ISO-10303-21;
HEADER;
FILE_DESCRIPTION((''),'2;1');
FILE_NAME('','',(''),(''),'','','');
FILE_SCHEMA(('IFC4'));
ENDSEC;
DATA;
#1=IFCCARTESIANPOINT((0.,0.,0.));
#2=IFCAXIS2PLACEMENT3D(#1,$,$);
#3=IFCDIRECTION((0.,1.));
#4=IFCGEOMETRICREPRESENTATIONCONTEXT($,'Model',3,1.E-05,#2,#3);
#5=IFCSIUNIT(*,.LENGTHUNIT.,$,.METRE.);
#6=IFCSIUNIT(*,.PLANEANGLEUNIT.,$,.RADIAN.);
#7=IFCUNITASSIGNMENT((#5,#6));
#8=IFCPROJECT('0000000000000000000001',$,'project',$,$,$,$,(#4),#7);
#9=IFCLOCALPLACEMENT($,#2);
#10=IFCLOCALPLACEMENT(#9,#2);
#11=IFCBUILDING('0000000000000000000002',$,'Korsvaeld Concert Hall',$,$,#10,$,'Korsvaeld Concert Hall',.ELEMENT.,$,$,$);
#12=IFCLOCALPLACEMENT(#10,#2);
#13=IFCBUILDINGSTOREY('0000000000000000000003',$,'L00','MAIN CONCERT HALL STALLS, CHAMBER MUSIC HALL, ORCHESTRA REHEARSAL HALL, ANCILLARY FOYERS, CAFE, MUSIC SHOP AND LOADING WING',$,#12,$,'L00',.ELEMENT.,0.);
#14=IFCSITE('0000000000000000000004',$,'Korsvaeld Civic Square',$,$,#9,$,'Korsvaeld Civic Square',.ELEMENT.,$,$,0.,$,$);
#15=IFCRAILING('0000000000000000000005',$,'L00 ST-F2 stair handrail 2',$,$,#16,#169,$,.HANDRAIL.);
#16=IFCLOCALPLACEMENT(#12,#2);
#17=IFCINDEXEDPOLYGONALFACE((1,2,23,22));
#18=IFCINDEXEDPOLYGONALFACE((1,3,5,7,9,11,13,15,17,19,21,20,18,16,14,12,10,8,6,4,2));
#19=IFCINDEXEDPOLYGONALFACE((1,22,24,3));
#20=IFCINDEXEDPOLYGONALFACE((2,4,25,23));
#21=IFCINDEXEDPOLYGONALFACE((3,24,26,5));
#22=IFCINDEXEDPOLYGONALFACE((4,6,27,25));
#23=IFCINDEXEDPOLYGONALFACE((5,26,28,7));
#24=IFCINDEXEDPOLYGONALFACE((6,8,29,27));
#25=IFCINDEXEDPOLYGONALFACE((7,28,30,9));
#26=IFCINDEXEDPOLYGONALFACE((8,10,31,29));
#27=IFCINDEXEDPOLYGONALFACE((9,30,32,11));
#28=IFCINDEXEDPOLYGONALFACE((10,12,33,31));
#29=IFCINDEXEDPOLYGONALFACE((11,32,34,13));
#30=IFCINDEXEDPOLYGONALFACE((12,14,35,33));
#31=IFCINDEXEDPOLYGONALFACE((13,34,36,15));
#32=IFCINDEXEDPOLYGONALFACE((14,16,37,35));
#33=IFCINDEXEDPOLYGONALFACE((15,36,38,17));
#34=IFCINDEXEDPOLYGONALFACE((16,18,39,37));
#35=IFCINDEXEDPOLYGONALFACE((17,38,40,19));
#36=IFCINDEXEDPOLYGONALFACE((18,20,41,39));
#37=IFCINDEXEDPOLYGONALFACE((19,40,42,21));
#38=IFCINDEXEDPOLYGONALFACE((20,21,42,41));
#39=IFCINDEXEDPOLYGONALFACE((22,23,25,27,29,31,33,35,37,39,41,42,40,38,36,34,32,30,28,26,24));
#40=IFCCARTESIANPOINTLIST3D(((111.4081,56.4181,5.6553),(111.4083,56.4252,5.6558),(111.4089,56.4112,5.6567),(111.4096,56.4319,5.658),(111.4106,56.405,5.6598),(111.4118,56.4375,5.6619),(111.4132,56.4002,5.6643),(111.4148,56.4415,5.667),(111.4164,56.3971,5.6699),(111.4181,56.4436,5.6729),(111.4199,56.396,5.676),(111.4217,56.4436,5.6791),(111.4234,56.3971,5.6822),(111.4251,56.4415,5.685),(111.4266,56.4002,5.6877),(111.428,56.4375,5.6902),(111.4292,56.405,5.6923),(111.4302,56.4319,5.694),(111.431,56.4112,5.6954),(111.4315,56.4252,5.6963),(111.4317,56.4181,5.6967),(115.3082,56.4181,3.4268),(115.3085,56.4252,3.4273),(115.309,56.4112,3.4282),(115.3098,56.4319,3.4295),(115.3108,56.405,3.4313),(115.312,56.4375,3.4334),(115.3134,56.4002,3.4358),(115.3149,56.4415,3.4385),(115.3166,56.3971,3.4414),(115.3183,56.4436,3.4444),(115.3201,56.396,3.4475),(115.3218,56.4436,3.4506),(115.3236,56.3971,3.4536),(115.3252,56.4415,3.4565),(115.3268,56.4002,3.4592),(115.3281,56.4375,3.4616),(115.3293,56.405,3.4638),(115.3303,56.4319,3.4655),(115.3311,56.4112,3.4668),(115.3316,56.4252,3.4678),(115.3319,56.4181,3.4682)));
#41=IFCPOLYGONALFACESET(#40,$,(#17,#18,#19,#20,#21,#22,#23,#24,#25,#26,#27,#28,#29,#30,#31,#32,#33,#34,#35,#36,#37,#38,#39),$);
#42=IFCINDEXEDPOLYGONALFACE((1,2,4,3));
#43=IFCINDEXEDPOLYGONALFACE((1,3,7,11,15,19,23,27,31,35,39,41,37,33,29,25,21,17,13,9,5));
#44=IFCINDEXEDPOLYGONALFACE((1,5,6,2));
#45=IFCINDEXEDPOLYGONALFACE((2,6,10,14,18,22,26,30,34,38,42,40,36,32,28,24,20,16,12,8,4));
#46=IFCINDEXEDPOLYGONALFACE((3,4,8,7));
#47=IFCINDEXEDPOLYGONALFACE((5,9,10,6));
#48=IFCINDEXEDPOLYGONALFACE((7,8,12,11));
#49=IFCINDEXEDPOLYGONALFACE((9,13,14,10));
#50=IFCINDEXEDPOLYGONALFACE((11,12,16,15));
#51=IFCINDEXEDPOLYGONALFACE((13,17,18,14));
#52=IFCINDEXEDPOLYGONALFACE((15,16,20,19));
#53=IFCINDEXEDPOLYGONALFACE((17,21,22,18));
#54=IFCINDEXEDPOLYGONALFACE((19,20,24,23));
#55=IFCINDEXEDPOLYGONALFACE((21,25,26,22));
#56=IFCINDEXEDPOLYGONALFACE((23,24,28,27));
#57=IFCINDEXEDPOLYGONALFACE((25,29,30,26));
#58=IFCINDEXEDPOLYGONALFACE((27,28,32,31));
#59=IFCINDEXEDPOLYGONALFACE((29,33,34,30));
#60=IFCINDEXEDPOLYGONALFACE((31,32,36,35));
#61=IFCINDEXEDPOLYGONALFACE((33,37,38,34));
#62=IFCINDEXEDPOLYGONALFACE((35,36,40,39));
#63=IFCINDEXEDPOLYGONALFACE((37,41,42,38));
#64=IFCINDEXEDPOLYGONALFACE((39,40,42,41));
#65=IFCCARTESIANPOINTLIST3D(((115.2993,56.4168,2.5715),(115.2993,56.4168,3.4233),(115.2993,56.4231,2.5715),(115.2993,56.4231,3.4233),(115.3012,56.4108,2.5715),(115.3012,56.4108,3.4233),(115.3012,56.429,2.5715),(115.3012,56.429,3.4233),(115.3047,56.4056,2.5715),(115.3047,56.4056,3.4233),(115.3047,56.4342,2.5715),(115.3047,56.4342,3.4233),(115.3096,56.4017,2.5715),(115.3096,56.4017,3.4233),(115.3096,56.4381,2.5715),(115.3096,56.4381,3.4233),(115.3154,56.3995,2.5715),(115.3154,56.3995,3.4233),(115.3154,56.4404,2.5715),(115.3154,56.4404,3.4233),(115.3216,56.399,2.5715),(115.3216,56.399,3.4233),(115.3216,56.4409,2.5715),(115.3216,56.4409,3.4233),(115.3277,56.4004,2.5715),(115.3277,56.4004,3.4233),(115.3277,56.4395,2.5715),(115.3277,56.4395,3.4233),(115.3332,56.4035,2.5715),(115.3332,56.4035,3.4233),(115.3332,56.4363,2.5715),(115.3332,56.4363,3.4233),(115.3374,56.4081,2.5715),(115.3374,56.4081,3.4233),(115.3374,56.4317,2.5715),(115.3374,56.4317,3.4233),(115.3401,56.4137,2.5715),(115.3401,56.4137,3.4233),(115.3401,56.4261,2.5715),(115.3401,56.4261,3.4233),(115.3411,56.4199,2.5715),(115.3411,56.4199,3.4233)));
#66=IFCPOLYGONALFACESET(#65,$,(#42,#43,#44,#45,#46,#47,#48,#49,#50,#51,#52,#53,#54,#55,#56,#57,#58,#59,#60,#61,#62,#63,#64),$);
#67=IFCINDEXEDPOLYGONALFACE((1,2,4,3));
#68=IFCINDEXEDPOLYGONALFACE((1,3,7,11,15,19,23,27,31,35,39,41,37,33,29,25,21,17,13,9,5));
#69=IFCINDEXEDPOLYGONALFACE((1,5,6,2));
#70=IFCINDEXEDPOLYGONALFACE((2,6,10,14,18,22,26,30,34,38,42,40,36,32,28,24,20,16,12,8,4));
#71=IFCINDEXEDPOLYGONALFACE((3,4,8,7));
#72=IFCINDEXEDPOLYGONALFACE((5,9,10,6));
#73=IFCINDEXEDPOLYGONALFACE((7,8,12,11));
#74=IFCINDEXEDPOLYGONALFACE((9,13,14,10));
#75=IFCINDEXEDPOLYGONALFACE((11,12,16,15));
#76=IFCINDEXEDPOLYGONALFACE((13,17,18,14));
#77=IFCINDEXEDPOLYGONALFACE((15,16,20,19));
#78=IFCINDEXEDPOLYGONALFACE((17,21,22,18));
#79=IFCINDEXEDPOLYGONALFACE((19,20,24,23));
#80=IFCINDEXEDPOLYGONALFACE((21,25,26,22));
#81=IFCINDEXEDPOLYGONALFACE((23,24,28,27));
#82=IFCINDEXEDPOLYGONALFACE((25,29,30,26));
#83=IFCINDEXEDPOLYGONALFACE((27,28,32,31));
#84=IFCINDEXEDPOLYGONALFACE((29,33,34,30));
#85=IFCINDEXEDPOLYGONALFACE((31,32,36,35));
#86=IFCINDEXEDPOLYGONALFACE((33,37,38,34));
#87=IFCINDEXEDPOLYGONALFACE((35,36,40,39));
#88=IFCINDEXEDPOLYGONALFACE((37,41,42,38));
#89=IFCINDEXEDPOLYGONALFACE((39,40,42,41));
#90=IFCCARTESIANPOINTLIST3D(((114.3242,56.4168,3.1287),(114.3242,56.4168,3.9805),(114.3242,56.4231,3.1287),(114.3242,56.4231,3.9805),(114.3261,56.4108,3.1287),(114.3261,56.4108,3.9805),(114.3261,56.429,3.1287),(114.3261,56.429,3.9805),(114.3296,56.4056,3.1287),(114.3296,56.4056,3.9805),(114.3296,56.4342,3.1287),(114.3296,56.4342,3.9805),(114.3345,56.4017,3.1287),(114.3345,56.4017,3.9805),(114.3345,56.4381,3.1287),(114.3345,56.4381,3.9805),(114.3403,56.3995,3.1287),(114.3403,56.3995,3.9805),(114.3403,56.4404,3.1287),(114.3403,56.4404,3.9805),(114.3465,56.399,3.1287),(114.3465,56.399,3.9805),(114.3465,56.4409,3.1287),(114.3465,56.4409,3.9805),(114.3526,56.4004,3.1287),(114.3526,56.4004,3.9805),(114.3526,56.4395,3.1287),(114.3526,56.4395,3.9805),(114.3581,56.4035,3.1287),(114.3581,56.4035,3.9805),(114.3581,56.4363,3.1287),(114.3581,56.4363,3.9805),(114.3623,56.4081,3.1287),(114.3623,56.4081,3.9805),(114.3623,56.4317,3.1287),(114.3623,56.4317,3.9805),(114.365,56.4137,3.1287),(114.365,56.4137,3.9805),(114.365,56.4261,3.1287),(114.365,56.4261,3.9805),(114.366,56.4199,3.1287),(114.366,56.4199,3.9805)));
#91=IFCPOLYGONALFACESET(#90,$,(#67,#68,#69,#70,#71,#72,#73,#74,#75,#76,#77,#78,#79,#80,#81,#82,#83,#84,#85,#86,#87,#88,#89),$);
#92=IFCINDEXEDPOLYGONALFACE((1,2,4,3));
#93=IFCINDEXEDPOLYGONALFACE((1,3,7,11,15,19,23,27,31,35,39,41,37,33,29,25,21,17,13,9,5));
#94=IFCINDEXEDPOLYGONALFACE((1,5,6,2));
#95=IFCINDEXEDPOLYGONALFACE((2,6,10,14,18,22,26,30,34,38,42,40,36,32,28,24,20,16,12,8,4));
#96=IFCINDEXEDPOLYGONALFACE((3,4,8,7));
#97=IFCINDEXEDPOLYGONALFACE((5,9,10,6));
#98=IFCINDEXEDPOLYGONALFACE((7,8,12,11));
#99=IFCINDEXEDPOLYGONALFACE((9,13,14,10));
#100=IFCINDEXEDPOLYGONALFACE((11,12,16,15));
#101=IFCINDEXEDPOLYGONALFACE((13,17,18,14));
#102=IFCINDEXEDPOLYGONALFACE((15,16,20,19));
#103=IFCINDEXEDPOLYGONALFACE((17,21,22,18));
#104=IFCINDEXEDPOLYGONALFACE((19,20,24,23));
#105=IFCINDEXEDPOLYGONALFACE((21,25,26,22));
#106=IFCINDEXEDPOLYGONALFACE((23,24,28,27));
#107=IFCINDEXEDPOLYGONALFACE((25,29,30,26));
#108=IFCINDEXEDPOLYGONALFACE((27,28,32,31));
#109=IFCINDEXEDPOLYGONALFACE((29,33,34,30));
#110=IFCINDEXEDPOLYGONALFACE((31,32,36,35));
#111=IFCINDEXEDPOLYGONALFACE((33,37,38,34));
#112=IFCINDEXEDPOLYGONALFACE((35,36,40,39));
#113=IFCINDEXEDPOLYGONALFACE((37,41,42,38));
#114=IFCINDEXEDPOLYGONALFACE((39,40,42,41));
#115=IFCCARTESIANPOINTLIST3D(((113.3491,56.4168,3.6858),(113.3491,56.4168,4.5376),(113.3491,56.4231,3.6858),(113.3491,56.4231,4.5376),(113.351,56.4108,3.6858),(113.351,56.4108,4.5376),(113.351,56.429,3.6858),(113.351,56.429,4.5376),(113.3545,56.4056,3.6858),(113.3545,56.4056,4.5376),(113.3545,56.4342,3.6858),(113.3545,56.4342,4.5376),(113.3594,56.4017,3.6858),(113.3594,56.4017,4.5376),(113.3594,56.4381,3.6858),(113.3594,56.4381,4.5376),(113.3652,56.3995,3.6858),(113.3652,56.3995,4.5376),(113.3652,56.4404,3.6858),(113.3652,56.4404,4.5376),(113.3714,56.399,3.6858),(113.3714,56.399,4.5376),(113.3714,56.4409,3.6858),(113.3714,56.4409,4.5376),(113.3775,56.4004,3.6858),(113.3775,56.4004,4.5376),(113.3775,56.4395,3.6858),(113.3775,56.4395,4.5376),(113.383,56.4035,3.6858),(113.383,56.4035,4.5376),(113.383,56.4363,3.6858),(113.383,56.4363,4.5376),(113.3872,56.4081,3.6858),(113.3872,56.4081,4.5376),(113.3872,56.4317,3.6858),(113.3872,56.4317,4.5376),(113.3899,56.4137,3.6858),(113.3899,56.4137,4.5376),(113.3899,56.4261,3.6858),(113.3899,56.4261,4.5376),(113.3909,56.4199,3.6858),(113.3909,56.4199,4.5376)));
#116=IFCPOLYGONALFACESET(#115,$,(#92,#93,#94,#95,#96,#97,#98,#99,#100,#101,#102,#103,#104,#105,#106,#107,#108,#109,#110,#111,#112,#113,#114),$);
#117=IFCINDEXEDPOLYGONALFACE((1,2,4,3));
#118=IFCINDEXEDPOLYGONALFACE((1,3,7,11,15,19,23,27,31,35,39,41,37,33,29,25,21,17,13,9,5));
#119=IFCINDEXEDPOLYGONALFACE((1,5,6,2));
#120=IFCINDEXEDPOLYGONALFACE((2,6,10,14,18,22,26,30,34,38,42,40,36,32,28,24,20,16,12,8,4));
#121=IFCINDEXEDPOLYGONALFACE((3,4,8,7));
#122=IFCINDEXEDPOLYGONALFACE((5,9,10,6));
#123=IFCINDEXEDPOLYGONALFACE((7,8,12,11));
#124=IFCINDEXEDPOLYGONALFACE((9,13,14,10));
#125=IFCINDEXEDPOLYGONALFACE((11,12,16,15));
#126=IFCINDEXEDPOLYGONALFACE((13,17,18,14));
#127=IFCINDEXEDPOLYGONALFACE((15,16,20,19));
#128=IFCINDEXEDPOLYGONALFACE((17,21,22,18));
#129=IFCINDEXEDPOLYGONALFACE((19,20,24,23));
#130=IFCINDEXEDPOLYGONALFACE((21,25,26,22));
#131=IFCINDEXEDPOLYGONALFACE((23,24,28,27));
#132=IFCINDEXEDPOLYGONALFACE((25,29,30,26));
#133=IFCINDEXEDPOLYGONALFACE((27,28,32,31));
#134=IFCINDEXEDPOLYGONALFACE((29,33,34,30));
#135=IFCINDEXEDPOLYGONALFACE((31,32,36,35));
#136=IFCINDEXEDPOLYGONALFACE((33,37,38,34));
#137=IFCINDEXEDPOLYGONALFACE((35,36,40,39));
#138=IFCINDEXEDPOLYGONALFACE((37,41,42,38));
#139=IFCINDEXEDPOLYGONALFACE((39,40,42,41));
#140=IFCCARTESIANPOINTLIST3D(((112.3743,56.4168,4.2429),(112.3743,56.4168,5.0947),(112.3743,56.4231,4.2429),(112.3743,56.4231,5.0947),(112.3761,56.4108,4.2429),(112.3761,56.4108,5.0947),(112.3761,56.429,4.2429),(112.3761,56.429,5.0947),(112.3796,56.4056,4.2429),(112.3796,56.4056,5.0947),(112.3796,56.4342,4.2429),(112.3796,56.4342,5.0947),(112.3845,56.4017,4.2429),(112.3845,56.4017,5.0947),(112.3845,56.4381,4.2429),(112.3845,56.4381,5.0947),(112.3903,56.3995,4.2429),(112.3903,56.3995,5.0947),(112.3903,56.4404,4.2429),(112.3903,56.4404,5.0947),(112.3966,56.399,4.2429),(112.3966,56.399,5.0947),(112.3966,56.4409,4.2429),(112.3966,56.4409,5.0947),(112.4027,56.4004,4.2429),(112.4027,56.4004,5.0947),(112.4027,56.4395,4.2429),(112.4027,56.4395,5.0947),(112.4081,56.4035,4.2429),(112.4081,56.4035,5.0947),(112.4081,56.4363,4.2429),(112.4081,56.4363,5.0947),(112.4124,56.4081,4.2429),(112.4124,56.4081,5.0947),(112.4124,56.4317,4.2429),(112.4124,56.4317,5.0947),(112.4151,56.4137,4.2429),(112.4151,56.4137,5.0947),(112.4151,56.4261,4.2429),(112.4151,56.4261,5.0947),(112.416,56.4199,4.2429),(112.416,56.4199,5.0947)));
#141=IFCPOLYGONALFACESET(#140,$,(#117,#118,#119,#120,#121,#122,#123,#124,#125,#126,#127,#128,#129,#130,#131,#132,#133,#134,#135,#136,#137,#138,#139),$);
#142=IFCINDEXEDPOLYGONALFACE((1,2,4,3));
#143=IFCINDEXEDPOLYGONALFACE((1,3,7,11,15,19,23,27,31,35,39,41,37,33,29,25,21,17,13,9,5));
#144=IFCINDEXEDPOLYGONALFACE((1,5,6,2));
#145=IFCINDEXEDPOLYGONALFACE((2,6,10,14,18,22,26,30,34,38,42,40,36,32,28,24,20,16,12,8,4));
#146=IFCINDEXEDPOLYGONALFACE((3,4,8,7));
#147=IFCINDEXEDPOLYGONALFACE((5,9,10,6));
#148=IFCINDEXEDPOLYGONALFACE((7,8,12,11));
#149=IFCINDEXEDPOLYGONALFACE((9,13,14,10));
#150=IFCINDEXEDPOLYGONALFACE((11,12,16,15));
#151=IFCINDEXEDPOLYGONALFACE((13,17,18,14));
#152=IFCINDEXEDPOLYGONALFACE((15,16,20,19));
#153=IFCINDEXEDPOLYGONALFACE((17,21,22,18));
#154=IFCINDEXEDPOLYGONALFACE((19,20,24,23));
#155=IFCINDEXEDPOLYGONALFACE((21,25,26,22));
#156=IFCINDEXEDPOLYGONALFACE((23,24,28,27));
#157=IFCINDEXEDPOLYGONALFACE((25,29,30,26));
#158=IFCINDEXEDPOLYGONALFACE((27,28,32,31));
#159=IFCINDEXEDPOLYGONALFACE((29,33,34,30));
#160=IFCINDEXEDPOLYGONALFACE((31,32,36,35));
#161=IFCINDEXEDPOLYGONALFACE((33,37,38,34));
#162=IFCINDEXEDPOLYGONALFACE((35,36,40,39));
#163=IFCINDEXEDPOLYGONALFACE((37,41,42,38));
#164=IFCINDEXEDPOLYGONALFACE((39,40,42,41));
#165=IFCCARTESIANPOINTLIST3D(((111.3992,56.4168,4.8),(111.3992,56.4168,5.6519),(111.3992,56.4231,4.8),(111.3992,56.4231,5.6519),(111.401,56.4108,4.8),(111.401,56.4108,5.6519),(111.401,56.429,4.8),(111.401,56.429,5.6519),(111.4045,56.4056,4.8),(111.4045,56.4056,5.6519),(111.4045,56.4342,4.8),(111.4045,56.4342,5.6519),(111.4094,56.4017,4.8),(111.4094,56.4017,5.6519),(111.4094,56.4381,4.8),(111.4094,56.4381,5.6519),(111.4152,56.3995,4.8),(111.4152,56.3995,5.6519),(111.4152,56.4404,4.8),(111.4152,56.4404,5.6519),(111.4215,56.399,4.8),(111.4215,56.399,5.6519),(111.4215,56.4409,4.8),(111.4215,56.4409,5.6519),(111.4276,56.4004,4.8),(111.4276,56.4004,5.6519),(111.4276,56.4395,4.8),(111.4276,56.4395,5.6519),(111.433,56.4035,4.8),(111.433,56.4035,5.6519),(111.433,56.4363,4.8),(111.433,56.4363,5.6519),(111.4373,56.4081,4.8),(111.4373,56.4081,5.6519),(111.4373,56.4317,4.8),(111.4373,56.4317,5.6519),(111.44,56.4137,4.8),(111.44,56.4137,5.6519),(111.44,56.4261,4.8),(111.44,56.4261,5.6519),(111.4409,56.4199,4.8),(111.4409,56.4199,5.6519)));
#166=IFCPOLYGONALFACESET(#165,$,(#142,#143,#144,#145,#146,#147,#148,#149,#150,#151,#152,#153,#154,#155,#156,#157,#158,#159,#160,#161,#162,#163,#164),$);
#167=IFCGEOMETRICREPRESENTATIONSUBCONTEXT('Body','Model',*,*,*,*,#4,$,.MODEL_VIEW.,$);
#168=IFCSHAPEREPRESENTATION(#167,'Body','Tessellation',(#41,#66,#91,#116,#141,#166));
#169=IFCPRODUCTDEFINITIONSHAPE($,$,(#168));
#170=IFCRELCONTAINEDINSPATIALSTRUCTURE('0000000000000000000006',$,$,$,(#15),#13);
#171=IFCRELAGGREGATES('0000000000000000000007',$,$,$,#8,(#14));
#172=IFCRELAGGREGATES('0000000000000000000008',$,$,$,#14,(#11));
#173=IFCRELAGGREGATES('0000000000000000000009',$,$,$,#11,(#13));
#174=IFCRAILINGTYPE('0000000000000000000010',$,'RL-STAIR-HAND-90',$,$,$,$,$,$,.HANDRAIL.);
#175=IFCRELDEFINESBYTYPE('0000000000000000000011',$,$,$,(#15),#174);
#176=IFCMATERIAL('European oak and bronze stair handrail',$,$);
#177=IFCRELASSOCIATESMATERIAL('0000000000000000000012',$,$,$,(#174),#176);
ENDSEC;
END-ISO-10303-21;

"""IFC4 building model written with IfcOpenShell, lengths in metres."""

from ifc_helpers import new_model, si_unit, direction, frame, origin, origin_2d, place, context, subcontext, project, spatial, circle, extrude, material, type_object, element, save


model = new_model("IFC4")

# Units and contexts
model_context = context("Model", 3, precision=1e-05, world=origin(), true_north=direction((0.0, 1.0)))
body_context = subcontext(model_context, "Body", "Model", "MODEL_VIEW")
ifc_project = project(units=[si_unit("LENGTHUNIT", "METRE"), si_unit("PLANEANGLEUNIT", "RADIAN")], contexts=[model_context])

# Site, building, storey
site_placement = place(None, origin())
site = spatial("IfcSite", under=ifc_project, at=site_placement, Name="Korsvaeld Civic Square", LongName="Korsvaeld Civic Square", CompositionType="ELEMENT", RefElevation=0.0)
building_placement = place(site_placement, origin())
building = spatial("IfcBuilding", under=site, at=building_placement, Name="Korsvaeld Concert Hall", LongName="Korsvaeld Concert Hall", CompositionType="ELEMENT")
storey_placement = place(building_placement, origin())
storey = spatial("IfcBuildingStorey", under=building, at=storey_placement, Name="L00", Description="MAIN CONCERT HALL STALLS, CHAMBER MUSIC HALL, ORCHESTRA REHEARSAL HALL, ANCILLARY FOYERS, CAFE, MUSIC SHOP AND LOADING WING", LongName="L00", CompositionType="ELEMENT", Elevation=0.0)

# Railing
ifc_material_1 = material(Name="European oak and bronze stair handrail")
railing_type_1 = type_object("IfcRailingType", Name="RL-STAIR-HAND-90", PredefinedType="HANDRAIL", material=ifc_material_1)
railing_1_placement = place(storey_placement, frame((115.3201, 56.4199, 2.5715)))
element("IfcRailing", 1, at=railing_1_placement, inside=storey, type_object=railing_type_1, Name="L00 ST-F2 stair handrail 2", PredefinedType="HANDRAIL", context=body_context, shape_type="SweptSolid", body=[
    extrude(circle(Radius=0.0239, at=origin_2d()), frame((0.0, 0.0, 0.876), z_axis=(-0.868257, 0.0, 0.496116), x_axis=(0.0, -1.0, 0.0)), (0.0, 0.0, 1.0), 4.4919),
    extrude(circle(Radius=0.021, at=origin_2d()), origin(), (0.0, 0.0, 1.0), 0.8518),
    extrude(circle(Radius=0.021, at=origin_2d()), frame((-0.9751, 0.0, 0.5571)), (0.0, 0.0, 1.0), 0.8518),
    extrude(circle(Radius=0.021, at=origin_2d()), frame((-1.9502, 0.0, 1.1143)), (0.0, 0.0, 1.0), 0.8518),
    extrude(circle(Radius=0.021, at=origin_2d()), frame((-2.925, 0.0, 1.6714)), (0.0, 0.0, 1.0), 0.8518),
    extrude(circle(Radius=0.021, at=origin_2d()), frame((-3.9001, 0.0, 2.2285)), (0.0, 0.0, 1.0), 0.8518),
])

save(model, "model.ifc")
